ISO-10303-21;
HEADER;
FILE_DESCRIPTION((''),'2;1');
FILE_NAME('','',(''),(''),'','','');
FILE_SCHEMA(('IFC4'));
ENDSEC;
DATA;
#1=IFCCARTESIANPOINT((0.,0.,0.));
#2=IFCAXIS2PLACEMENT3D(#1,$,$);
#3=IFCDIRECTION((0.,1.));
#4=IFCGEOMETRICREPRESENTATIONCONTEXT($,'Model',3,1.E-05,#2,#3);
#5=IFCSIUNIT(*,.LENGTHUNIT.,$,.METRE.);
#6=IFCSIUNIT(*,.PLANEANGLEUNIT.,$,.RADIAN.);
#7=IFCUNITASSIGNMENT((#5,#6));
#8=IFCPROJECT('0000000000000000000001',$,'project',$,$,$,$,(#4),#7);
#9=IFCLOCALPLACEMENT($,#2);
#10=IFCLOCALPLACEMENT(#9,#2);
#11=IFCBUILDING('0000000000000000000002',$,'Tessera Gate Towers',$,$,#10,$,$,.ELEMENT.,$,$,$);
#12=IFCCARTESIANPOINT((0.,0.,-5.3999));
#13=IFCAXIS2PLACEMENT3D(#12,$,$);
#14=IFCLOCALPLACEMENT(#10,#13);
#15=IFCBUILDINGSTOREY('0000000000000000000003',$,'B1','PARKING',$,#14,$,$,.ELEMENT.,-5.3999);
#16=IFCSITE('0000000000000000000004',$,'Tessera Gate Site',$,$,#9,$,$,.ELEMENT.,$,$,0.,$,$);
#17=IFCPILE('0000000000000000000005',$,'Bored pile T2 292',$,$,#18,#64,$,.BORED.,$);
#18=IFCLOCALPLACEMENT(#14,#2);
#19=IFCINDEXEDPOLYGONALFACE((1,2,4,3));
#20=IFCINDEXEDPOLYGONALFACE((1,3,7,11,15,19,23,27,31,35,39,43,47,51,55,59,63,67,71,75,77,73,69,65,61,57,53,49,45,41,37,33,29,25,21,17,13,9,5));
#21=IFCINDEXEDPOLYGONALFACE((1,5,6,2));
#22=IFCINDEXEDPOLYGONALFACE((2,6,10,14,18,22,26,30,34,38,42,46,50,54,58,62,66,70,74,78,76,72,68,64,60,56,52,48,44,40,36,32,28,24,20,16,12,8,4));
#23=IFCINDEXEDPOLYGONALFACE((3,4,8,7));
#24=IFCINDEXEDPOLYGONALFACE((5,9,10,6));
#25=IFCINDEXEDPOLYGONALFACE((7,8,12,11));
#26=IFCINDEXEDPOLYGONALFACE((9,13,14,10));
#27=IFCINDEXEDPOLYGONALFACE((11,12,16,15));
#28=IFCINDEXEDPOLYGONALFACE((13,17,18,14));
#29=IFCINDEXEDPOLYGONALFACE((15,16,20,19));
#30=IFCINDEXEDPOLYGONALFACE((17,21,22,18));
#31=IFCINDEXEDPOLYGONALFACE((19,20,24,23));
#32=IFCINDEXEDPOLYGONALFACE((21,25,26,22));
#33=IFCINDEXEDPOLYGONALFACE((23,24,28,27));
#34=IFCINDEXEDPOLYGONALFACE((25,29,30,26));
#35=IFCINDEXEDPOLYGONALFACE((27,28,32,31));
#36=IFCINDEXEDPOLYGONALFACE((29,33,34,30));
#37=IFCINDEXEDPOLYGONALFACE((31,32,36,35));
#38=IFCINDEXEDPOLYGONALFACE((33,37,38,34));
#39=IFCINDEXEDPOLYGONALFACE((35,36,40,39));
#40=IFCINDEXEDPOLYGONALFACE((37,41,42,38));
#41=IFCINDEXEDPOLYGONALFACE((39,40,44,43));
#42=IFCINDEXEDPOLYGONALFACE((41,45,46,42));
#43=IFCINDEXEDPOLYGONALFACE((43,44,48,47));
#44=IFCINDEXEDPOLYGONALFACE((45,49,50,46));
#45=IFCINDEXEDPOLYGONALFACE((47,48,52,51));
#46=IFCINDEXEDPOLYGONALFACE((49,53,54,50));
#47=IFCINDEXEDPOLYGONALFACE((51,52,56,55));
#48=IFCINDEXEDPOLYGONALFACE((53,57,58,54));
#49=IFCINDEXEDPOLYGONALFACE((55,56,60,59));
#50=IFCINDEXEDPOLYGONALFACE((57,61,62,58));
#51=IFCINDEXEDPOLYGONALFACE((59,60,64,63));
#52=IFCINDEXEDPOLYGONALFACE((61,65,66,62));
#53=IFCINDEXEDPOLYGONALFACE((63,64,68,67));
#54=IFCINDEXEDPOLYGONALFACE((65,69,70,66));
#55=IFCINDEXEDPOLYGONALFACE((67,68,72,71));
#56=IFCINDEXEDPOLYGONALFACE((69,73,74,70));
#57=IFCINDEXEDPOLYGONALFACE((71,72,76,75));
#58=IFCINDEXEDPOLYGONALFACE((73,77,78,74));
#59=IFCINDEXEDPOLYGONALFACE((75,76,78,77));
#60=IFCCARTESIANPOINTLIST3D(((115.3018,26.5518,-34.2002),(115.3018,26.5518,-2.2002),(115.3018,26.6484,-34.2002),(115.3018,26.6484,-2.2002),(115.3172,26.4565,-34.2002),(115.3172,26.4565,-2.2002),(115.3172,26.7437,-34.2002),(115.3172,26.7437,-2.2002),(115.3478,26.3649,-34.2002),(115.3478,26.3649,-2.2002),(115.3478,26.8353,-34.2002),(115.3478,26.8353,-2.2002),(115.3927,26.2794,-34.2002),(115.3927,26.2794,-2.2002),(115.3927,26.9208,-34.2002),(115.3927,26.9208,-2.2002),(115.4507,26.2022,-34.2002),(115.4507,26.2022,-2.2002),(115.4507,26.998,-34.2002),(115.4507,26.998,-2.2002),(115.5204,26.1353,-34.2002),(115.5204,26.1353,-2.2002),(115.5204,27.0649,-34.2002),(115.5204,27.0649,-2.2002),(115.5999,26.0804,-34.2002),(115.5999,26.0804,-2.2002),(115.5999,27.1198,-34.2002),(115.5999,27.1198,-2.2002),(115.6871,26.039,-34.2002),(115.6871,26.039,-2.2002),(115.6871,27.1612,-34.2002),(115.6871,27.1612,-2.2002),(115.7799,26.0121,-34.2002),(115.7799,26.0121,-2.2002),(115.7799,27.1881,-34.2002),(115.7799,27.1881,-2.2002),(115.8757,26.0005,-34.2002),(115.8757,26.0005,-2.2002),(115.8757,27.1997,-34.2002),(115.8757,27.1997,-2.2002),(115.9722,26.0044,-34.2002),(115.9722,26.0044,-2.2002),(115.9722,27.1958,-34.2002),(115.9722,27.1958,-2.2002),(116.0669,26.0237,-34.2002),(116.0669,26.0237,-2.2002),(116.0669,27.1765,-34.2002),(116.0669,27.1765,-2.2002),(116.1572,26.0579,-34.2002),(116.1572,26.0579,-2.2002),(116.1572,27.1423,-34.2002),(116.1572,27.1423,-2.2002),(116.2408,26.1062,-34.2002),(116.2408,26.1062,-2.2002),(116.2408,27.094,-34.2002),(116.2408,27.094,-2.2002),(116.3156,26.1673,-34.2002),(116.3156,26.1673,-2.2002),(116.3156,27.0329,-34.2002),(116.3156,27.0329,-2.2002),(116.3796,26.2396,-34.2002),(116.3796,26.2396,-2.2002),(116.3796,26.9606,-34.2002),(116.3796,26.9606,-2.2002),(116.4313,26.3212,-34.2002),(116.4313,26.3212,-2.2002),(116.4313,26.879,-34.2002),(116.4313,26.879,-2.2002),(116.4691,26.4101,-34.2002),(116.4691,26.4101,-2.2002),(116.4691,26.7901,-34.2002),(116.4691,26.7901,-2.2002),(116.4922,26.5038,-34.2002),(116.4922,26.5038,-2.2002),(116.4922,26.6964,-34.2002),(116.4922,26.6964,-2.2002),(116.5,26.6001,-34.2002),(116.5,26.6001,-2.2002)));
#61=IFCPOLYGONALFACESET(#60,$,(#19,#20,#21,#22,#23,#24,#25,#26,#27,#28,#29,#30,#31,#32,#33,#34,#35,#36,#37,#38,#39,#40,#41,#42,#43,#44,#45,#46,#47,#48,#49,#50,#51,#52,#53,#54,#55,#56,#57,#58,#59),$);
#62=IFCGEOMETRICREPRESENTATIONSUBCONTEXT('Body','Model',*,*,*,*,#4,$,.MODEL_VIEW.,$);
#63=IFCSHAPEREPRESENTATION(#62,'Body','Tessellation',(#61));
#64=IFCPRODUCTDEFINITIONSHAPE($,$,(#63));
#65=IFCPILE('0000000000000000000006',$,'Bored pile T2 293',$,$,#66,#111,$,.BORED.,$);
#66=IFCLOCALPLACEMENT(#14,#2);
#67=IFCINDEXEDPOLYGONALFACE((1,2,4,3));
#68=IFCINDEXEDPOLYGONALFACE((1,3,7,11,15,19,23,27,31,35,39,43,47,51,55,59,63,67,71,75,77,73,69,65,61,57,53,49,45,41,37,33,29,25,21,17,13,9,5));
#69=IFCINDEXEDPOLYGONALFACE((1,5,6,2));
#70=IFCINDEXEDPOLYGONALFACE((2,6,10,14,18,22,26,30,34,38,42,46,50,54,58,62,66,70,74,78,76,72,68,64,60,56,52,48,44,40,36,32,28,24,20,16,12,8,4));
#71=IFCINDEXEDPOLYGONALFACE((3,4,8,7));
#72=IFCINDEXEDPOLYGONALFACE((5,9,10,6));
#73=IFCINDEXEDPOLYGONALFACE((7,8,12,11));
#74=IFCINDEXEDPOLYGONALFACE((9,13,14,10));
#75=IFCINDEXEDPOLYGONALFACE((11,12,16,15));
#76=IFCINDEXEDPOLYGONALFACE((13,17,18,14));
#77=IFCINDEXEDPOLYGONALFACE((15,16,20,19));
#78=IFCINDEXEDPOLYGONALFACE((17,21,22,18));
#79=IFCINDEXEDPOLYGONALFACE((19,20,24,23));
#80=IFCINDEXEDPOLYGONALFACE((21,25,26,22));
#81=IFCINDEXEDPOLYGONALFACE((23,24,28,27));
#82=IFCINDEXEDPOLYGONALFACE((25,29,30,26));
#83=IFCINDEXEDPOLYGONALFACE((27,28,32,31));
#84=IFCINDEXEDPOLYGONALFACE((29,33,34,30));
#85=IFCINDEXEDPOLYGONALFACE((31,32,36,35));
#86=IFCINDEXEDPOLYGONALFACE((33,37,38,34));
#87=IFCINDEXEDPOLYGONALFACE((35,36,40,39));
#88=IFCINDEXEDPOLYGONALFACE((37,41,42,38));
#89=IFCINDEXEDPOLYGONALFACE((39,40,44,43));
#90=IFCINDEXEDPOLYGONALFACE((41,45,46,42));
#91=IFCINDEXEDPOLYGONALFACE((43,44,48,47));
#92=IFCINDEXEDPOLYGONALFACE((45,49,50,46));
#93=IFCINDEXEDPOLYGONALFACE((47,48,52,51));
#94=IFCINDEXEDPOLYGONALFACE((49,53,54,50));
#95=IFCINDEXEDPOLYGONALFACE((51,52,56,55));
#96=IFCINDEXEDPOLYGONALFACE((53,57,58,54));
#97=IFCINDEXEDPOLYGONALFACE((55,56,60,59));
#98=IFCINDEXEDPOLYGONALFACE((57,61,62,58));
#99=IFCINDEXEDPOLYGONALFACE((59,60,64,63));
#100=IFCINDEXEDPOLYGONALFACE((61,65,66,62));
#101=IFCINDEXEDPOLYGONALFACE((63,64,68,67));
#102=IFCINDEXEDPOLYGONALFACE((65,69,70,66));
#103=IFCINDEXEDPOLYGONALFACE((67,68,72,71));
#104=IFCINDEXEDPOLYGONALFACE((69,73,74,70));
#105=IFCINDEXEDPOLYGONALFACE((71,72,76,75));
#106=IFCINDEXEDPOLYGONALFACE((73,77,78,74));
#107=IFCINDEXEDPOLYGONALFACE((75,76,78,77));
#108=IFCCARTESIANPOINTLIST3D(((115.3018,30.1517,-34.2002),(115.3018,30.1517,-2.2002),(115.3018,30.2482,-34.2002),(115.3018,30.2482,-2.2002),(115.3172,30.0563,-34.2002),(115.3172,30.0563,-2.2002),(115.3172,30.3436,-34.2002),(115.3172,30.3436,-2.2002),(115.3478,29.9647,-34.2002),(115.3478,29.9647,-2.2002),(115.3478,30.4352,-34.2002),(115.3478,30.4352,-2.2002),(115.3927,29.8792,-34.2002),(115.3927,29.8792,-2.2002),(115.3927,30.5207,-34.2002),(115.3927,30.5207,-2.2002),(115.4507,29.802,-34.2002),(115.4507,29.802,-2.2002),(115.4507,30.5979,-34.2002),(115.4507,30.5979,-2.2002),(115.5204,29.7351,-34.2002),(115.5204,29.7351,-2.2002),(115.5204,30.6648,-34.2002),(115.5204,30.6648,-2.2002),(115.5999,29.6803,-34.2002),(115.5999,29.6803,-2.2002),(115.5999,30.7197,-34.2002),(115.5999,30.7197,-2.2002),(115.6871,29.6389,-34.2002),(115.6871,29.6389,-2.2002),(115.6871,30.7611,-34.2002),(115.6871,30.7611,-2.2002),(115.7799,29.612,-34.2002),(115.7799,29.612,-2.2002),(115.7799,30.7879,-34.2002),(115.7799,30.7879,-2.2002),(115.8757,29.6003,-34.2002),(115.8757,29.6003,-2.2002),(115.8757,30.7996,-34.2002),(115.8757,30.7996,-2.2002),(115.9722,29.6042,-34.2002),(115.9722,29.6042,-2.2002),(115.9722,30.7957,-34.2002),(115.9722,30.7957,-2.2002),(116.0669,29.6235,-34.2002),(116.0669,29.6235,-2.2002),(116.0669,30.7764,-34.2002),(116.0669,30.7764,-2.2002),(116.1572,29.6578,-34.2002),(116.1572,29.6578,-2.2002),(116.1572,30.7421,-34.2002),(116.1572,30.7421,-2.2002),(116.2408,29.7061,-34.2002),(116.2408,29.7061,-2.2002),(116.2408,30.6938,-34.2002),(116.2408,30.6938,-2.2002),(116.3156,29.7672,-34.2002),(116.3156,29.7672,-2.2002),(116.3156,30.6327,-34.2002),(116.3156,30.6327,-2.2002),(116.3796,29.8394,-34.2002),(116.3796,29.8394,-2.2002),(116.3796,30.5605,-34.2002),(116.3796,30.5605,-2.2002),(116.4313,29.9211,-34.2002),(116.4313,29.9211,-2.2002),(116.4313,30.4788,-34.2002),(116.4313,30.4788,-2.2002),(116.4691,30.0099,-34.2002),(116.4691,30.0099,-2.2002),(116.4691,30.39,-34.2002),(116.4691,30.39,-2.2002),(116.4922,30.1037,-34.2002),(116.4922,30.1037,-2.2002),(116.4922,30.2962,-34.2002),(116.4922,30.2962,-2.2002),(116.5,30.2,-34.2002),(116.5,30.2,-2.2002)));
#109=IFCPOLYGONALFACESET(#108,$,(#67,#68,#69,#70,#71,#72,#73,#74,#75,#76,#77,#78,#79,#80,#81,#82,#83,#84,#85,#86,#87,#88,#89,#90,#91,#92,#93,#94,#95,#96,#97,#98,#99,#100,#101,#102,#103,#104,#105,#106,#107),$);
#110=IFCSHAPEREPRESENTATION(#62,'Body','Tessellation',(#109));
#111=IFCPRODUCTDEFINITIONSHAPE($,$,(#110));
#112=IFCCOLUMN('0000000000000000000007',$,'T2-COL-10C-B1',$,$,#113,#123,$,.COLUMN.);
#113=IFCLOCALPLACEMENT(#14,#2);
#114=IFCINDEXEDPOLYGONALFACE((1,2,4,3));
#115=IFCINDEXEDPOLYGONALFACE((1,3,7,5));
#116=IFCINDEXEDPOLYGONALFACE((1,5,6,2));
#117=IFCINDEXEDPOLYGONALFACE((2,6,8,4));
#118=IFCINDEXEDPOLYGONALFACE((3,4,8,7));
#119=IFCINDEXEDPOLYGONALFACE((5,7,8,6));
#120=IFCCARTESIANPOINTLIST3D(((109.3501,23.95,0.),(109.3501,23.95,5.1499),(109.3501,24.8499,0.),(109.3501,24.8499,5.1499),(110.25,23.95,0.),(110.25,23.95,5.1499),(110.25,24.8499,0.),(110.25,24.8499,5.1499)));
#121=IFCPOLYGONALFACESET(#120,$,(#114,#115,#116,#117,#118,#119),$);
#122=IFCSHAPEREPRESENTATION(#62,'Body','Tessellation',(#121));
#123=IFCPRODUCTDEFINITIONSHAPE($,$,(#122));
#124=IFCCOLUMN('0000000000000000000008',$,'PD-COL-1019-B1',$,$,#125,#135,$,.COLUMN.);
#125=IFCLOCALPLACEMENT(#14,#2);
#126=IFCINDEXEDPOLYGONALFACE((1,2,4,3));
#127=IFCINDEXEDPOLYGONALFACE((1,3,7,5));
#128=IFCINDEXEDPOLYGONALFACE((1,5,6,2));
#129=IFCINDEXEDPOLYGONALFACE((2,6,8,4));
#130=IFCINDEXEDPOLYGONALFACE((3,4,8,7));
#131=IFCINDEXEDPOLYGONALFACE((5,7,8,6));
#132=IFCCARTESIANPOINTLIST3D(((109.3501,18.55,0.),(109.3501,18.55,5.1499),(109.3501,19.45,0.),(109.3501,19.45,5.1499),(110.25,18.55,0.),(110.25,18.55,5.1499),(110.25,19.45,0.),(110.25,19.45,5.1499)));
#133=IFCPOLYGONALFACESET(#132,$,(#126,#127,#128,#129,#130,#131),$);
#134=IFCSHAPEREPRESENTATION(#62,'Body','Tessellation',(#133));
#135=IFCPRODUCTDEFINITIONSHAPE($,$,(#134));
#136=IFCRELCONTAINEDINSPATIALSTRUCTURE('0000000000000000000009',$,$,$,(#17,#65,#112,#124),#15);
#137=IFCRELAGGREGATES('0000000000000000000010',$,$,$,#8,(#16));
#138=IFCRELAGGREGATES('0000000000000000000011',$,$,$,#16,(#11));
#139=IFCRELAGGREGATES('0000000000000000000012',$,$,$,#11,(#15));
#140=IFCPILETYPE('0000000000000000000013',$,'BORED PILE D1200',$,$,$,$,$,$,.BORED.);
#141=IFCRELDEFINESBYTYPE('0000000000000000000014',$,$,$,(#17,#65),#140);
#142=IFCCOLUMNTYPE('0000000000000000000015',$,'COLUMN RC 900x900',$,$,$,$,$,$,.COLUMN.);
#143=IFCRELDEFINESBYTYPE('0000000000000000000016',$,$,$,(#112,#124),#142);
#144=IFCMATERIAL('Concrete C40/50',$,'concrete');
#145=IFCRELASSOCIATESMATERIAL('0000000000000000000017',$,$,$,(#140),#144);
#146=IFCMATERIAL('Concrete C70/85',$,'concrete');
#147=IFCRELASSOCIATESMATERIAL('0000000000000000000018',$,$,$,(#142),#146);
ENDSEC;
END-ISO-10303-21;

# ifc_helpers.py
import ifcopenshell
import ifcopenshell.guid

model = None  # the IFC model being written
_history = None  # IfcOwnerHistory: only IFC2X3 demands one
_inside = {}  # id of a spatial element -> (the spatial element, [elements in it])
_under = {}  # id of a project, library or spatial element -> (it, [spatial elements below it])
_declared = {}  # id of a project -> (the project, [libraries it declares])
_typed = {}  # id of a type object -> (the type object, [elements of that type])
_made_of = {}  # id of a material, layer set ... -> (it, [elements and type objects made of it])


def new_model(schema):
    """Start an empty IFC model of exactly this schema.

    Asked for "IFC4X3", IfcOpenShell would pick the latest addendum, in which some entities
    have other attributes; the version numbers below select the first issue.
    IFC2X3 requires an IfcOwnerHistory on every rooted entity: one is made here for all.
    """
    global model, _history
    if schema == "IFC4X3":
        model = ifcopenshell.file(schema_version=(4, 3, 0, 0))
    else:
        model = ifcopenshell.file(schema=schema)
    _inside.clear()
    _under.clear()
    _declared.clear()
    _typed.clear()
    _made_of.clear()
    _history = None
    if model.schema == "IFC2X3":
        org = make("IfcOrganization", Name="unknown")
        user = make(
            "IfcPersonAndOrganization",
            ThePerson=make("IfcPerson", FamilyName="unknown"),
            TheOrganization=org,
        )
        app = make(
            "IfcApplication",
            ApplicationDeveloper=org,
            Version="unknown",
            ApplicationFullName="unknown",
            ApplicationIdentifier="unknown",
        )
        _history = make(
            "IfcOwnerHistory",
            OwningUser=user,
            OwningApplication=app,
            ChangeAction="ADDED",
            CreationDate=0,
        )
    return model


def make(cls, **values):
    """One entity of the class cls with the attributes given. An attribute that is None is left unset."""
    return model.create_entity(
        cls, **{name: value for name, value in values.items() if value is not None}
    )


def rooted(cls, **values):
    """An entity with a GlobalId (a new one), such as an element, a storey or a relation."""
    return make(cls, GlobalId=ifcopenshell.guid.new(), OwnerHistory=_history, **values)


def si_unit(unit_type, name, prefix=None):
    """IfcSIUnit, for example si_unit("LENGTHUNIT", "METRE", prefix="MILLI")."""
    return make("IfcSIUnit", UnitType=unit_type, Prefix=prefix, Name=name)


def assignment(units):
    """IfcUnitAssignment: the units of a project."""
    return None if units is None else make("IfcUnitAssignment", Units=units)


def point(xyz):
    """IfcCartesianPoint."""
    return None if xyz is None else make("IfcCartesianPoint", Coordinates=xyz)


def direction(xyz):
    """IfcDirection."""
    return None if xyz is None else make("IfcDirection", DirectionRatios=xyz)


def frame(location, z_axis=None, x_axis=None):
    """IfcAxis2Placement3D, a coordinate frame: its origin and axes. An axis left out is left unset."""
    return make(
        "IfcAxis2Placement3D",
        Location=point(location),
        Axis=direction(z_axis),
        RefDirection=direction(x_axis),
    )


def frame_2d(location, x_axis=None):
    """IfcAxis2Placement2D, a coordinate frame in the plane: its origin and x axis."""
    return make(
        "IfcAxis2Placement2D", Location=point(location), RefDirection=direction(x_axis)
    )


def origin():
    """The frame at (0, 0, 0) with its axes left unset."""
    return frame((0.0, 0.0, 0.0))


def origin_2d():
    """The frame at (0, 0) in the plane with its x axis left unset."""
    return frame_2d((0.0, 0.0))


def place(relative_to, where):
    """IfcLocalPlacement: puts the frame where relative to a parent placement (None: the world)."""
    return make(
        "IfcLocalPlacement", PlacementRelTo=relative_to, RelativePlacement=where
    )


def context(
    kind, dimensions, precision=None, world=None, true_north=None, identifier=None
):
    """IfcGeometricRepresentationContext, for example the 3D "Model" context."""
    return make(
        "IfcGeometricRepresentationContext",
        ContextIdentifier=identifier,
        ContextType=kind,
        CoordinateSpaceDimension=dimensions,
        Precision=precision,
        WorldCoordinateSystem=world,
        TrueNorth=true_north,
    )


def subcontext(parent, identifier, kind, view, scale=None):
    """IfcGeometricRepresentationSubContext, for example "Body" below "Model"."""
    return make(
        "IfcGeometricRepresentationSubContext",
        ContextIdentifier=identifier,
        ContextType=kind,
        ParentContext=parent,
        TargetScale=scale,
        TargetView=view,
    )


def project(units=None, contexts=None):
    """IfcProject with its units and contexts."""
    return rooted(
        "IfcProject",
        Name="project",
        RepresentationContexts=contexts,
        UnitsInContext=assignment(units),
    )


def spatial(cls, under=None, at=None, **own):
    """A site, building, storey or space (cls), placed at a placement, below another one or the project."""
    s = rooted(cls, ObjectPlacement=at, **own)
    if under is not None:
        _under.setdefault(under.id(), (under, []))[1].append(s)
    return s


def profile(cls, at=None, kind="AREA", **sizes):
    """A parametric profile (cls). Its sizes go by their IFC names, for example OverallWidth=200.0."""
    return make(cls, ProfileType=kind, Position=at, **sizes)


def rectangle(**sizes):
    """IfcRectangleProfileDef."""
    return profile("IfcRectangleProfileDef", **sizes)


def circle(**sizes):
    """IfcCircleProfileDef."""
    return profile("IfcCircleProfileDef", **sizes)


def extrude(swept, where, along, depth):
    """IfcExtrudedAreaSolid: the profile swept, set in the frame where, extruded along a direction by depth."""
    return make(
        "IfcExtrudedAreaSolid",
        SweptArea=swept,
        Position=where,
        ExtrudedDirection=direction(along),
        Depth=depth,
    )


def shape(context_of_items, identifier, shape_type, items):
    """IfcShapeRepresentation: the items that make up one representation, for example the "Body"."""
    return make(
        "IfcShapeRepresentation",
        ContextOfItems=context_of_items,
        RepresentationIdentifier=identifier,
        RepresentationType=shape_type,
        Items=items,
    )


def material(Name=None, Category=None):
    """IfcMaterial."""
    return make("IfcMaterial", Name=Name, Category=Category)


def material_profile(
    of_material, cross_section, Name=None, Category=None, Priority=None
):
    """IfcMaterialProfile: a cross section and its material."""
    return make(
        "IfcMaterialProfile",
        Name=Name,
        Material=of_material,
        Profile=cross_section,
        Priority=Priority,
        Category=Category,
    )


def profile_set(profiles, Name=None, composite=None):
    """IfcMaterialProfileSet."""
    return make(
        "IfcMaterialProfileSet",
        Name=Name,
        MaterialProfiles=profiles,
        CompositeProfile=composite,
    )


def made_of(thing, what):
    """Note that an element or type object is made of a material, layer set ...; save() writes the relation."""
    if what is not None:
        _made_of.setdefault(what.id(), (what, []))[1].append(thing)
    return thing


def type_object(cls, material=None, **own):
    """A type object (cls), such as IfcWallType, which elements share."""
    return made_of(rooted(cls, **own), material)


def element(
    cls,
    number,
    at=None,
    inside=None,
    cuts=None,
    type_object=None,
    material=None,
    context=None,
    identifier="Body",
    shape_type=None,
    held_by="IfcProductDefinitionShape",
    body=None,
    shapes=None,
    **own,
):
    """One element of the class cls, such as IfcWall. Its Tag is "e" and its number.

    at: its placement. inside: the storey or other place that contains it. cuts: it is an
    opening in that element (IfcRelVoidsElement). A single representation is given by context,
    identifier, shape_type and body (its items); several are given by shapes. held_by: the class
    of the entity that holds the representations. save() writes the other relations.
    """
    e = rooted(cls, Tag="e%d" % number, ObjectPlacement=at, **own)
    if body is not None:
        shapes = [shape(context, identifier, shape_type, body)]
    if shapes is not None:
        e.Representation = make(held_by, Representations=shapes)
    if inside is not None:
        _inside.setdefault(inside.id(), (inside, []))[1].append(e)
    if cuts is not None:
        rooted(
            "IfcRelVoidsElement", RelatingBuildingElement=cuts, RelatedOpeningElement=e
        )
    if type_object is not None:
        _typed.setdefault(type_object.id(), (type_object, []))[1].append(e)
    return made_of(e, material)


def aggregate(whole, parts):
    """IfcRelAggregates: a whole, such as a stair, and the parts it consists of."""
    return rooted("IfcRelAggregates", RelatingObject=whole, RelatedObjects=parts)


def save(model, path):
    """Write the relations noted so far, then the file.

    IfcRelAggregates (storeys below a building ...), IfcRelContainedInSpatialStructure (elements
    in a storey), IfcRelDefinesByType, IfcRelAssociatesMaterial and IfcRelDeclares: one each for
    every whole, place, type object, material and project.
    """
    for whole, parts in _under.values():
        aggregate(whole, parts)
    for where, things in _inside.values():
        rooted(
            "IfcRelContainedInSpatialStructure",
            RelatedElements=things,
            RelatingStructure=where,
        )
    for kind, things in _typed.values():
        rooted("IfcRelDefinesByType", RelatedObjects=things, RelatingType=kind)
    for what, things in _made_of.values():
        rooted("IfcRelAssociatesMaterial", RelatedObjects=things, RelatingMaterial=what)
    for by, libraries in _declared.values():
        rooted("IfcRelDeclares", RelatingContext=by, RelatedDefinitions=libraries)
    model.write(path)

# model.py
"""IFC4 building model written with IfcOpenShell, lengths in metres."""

from ifc_helpers import new_model, si_unit, direction, frame, origin, origin_2d, place, context, subcontext, project, spatial, rectangle, circle, extrude, material, material_profile, profile_set, type_object, element, save


model = new_model("IFC4")

# Units and contexts
model_context = context("Model", 3, precision=1e-05, world=origin(), true_north=direction((0.0, 1.0)))
body_context = subcontext(model_context, "Body", "Model", "MODEL_VIEW")
ifc_project = project(units=[si_unit("LENGTHUNIT", "METRE"), si_unit("PLANEANGLEUNIT", "RADIAN")], contexts=[model_context])

# Site, building, storey
site_placement = place(None, origin())
site = spatial("IfcSite", under=ifc_project, at=site_placement, Name="Tessera Gate Site", CompositionType="ELEMENT", RefElevation=0.0)
building_placement = place(site_placement, origin())
building = spatial("IfcBuilding", under=site, at=building_placement, Name="Tessera Gate Towers", CompositionType="ELEMENT")
storey_placement = place(building_placement, frame((0.0, 0.0, -5.3999)))
storey = spatial("IfcBuildingStorey", under=building, at=storey_placement, Name="B1", Description="PARKING", CompositionType="ELEMENT", Elevation=-5.3999)

# Piles
ifc_material_1 = material(Name="Concrete C40/50", Category="concrete")
ifc_material_profile_1 = material_profile(ifc_material_1, circle(Radius=0.6001, at=origin_2d()), Name="BORED PILE D1200")
ifc_profile_set_1 = profile_set([ifc_material_profile_1], Name="Concrete C40/50")
pile_type = type_object("IfcPileType", Name="BORED PILE D1200", PredefinedType="BORED", material=ifc_profile_set_1)
for number, where, z_axis, x_axis, name in (
    (1, (115.8999, 26.6001, -2.2002), (0.0, 0.0, -1.0), (1.0, 0.0, 0.0), "Bored pile T2 292"),
    (2, (115.8999, 30.2, -2.2002), (0.0, 0.0, -1.0), (1.0, 0.0, 0.0), "Bored pile T2 293"),
):
    element("IfcPile", number, at=place(storey_placement, frame(where, z_axis=z_axis, x_axis=x_axis)), inside=storey, type_object=pile_type, Name=name, PredefinedType="BORED", context=body_context, shape_type="SweptSolid", body=[
        extrude(circle(Radius=0.6001, at=origin_2d()), origin(), (0.0, 0.0, 1.0), 32.0),
    ])

# Columns
ifc_material_2 = material(Name="Concrete C70/85", Category="concrete")
ifc_material_profile_2 = material_profile(ifc_material_2, rectangle(XDim=0.8999, YDim=0.8999, at=origin_2d()), Name="RC 900x900")
ifc_profile_set_2 = profile_set([ifc_material_profile_2], Name="Concrete C70/85")
column_type = type_object("IfcColumnType", Name="COLUMN RC 900x900", PredefinedType="COLUMN", material=ifc_profile_set_2)
for number, where, z_axis, x_axis, name in (
    (3, (109.8, 24.3999, 0.0), (0.0, 0.0, 1.0), (1.0, 0.0, 0.0), "T2-COL-10C-B1"),
    (4, (109.8, 19.0, 0.0), (0.0, 0.0, 1.0), (1.0, 0.0, 0.0), "PD-COL-1019-B1"),
):
    element("IfcColumn", number, at=place(storey_placement, frame(where, z_axis=z_axis, x_axis=x_axis)), inside=storey, type_object=column_type, Name=name, PredefinedType="COLUMN", context=body_context, shape_type="SweptSolid", body=[
        extrude(rectangle(XDim=0.8999, YDim=0.8999, at=origin_2d()), origin(), (0.0, 0.0, 1.0), 5.1499),
    ])

save(model, "model.ifc")
